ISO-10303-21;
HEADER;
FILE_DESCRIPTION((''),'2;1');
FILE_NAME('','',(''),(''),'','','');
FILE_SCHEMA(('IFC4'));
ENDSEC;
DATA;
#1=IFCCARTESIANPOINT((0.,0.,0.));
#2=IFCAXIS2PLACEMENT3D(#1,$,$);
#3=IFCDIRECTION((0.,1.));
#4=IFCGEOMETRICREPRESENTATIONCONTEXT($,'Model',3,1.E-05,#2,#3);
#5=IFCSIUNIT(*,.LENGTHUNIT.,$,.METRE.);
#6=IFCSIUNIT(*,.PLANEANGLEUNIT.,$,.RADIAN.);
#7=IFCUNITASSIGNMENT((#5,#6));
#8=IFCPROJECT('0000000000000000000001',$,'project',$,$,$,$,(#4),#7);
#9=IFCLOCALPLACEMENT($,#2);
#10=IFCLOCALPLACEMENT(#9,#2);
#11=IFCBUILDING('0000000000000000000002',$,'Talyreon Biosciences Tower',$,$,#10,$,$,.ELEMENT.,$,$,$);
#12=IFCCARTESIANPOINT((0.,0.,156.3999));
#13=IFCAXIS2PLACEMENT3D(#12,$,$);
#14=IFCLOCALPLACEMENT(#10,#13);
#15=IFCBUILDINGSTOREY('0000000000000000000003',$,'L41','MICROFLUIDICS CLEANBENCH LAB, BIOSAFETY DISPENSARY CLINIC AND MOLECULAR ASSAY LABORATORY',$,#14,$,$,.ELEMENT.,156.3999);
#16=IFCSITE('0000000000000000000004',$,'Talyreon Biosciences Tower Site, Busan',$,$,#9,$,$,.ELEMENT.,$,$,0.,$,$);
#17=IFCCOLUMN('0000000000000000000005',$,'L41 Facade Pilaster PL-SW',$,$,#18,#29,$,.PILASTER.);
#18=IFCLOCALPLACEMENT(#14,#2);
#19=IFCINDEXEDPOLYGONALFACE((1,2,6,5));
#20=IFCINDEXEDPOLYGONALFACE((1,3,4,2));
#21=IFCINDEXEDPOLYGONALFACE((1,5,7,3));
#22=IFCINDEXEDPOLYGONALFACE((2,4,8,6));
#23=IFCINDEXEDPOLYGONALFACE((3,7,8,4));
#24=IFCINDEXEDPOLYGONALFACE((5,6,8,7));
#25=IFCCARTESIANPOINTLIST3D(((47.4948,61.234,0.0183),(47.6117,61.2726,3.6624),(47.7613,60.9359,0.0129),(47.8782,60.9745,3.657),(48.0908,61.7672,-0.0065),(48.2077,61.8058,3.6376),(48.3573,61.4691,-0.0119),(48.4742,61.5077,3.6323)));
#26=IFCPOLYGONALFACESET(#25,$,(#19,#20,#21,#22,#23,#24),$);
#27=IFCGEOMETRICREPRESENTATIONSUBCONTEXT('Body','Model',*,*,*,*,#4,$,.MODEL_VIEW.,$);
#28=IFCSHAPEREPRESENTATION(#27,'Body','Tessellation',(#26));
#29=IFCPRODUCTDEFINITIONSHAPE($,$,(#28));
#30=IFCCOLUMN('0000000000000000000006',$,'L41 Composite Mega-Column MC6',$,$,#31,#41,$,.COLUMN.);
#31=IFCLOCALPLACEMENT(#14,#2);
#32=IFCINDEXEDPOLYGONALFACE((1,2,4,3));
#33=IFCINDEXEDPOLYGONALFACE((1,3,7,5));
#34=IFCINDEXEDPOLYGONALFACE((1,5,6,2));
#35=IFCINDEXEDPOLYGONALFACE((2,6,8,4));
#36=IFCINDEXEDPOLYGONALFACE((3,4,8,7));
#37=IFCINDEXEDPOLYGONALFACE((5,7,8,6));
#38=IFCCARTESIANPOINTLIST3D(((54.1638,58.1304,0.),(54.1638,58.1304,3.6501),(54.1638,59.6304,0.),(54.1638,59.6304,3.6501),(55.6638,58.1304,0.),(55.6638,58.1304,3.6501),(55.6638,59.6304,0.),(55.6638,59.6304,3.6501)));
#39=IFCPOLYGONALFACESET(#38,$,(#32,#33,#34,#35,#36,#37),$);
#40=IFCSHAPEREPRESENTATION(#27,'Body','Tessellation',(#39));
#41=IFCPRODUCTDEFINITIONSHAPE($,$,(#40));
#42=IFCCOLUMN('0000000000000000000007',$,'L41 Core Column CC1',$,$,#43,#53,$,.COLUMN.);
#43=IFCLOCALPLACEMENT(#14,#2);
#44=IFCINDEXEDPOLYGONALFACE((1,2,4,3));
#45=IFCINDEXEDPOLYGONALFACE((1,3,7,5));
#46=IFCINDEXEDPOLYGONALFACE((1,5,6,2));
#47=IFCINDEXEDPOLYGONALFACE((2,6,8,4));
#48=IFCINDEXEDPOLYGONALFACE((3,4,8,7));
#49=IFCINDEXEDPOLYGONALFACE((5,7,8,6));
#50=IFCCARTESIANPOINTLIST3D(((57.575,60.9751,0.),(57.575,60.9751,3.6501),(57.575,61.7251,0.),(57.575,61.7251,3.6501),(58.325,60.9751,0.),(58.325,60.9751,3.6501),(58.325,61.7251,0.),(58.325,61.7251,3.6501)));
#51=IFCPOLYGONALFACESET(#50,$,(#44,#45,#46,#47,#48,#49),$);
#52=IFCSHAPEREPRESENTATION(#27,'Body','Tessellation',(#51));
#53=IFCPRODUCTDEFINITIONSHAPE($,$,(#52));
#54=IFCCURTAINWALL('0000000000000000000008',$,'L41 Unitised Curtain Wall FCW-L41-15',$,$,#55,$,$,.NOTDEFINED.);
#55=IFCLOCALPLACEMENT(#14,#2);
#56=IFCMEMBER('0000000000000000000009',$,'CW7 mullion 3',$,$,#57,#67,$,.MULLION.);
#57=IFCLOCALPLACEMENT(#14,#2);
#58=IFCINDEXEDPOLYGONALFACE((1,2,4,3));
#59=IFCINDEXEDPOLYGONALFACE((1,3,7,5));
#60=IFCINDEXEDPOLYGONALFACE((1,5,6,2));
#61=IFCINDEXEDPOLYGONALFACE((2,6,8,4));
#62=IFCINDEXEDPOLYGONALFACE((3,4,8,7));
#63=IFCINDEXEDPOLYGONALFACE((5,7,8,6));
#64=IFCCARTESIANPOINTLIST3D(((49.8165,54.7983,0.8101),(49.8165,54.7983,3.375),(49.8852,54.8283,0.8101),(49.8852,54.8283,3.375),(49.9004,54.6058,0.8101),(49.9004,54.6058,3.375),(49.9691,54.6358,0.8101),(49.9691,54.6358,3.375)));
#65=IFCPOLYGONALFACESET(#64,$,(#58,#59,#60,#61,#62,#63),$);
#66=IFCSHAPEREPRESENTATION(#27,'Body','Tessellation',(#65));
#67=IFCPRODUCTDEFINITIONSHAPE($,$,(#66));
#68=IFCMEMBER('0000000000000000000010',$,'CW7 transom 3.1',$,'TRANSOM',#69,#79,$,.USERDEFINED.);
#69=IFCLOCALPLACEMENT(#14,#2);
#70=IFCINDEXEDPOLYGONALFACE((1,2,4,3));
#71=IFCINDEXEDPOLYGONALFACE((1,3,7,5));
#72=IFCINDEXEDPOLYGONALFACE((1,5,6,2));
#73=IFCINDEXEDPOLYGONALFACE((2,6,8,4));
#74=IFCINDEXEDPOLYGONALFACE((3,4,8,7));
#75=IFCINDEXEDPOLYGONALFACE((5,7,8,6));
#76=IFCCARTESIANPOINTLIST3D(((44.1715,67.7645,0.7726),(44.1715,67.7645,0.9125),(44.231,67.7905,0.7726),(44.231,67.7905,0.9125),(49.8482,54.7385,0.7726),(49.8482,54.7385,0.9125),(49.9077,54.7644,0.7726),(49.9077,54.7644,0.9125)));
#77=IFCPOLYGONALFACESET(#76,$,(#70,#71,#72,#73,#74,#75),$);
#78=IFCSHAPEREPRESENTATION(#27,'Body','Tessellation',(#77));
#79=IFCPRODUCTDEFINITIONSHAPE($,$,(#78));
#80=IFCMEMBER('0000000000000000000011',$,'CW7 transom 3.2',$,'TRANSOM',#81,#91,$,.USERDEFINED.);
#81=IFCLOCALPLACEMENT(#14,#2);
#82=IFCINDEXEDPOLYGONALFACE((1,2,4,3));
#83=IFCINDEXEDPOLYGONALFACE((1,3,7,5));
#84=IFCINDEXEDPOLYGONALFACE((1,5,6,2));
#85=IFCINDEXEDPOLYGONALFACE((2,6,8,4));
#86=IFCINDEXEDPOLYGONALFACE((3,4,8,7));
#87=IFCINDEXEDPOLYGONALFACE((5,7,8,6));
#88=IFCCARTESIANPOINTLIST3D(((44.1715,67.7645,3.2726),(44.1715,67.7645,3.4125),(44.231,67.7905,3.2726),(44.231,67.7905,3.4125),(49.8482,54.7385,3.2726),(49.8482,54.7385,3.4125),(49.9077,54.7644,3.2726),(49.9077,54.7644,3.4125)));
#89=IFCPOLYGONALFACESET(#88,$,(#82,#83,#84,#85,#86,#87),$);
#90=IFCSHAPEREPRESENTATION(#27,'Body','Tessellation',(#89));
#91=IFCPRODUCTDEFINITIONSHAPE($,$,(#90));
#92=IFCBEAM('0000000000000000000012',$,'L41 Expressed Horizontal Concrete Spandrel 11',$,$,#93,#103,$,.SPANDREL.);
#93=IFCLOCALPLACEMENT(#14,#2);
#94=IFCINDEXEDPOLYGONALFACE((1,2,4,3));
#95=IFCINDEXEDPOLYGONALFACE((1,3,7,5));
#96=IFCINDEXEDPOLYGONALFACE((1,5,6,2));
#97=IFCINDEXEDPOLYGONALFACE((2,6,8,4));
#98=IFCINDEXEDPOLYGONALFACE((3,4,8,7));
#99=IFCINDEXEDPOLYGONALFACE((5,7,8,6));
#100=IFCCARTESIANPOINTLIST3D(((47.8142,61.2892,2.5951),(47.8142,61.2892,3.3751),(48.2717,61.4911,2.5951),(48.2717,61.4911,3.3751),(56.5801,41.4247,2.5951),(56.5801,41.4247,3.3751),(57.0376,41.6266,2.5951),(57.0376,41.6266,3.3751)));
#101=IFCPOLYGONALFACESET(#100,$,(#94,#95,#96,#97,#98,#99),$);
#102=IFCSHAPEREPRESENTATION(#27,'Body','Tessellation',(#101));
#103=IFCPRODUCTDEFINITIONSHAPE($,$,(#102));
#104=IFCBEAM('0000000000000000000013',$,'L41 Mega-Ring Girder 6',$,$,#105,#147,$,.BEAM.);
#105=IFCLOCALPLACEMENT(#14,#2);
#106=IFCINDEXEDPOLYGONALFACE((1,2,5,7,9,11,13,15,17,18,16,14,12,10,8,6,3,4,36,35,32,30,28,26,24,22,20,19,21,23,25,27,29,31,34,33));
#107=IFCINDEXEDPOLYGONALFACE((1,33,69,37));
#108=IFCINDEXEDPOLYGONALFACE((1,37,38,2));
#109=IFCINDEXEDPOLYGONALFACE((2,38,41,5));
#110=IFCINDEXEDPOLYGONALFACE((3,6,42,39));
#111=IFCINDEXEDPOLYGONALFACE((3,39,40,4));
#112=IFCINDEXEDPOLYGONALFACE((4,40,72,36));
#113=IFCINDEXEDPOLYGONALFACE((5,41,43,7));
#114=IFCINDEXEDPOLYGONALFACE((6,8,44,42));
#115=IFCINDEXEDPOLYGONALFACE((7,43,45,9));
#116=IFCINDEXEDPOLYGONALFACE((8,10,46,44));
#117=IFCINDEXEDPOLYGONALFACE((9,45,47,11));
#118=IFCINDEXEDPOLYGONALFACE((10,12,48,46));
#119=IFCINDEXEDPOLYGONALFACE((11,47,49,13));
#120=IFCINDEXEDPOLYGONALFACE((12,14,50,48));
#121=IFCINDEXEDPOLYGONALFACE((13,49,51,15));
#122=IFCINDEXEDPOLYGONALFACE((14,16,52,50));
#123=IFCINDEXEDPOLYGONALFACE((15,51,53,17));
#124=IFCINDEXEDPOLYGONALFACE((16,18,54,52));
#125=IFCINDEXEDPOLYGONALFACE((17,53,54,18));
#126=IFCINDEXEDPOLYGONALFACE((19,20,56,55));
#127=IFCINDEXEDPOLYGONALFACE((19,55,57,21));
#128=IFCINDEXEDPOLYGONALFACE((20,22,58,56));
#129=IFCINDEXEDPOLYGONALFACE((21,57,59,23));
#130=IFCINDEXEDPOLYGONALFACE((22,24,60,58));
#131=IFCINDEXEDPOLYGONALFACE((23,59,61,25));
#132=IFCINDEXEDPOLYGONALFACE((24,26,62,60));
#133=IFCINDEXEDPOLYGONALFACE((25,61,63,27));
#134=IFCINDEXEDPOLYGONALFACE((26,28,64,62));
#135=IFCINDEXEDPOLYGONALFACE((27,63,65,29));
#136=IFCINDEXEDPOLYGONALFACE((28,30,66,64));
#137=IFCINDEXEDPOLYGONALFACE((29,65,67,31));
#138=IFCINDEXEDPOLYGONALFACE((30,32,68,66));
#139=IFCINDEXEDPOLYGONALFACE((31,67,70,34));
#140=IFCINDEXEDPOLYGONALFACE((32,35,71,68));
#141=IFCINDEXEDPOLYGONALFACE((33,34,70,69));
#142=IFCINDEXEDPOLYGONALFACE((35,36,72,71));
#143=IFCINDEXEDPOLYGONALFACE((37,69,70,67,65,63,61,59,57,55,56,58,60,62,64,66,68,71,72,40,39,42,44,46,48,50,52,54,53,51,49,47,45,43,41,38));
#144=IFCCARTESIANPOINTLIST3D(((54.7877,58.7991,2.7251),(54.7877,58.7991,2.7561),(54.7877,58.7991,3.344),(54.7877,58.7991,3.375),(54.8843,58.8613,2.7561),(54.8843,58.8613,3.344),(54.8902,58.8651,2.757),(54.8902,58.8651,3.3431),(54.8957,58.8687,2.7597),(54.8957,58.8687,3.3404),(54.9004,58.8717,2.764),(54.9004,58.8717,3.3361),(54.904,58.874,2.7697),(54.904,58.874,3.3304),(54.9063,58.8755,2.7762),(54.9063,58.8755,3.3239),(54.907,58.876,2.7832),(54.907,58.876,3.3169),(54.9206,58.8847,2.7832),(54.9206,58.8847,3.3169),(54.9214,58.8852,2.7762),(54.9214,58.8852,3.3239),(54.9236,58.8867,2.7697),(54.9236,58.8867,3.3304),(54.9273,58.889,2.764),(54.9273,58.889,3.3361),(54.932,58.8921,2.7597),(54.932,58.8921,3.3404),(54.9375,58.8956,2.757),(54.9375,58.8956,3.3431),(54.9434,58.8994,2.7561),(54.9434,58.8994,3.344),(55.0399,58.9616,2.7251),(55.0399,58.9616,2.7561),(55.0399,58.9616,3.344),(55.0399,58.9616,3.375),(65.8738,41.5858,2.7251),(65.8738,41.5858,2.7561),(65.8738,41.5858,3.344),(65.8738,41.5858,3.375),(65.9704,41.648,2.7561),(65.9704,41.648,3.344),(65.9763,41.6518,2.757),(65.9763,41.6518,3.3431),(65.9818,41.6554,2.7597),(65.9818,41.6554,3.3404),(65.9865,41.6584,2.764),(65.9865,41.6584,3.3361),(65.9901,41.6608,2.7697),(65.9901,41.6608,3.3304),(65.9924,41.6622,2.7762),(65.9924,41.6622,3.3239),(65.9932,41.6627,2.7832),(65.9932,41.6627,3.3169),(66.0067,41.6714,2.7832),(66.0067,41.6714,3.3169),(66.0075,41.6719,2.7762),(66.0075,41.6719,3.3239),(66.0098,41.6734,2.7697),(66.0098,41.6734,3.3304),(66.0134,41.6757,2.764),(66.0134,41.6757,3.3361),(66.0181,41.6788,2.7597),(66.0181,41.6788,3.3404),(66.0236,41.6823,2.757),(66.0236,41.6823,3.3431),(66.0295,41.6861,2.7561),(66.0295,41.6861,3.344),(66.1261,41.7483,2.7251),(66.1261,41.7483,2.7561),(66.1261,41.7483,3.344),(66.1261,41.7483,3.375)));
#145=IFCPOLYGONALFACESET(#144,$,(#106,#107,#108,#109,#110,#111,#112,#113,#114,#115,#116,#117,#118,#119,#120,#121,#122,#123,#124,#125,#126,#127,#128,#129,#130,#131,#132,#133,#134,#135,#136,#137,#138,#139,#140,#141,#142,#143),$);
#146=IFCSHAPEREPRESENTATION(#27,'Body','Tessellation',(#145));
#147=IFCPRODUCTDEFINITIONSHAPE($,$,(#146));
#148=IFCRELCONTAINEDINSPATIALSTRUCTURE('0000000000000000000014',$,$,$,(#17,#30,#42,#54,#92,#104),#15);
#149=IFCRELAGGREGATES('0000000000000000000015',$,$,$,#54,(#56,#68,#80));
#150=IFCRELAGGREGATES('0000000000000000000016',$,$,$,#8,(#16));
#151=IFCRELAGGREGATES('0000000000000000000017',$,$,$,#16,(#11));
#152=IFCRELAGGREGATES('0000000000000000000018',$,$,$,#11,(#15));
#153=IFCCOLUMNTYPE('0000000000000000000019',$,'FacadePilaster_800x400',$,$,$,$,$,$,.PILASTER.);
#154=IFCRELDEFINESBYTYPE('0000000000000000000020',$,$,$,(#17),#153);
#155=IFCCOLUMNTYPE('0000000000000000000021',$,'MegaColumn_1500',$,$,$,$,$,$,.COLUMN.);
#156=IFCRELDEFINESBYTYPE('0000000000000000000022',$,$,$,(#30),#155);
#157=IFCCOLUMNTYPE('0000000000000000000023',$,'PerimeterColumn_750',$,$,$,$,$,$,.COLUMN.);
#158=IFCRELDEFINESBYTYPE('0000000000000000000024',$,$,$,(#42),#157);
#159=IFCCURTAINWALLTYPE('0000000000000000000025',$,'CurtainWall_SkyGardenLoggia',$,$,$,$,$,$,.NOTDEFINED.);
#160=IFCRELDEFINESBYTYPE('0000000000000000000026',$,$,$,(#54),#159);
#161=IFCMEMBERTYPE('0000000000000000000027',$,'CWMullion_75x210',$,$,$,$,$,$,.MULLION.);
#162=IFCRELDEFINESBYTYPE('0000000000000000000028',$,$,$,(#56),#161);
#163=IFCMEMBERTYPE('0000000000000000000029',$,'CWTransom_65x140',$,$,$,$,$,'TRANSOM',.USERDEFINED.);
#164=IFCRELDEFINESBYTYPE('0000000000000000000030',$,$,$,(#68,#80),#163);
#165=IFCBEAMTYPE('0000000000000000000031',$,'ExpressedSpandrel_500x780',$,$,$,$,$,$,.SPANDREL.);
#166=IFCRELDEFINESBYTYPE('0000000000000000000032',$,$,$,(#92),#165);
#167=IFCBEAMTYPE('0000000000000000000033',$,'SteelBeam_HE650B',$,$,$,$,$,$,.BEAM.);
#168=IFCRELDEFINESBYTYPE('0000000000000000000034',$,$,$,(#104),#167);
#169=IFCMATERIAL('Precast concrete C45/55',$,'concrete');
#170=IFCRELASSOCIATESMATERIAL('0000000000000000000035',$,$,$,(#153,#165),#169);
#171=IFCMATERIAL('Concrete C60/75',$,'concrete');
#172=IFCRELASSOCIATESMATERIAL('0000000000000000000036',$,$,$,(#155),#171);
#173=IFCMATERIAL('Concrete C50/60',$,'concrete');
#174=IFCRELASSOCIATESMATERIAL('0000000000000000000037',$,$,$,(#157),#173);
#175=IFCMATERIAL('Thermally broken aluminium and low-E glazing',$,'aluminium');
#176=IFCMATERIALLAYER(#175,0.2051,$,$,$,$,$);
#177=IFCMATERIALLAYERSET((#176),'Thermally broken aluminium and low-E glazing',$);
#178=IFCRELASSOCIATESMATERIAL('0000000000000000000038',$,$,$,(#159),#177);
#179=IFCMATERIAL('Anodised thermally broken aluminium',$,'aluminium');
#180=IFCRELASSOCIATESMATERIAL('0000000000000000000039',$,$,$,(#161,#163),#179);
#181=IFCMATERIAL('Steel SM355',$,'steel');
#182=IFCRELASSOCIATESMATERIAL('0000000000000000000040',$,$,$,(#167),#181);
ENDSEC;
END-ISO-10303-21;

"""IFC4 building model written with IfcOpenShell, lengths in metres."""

from ifc_helpers import new_model, si_unit, direction, frame, origin, origin_2d, place, context, subcontext, project, spatial, rectangle, i_section, extrude, material, layer, layer_set, material_profile, profile_set, type_object, element, aggregate, save


model = new_model("IFC4")

# Units and contexts
model_context = context("Model", 3, precision=1e-05, world=origin(), true_north=direction((0.0, 1.0)))
body_context = subcontext(model_context, "Body", "Model", "MODEL_VIEW")
ifc_project = project(units=[si_unit("LENGTHUNIT", "METRE"), si_unit("PLANEANGLEUNIT", "RADIAN")], contexts=[model_context])

# Site, building, storey
site_placement = place(None, origin())
site = spatial("IfcSite", under=ifc_project, at=site_placement, Name="Talyreon Biosciences Tower Site, Busan", CompositionType="ELEMENT", RefElevation=0.0)
building_placement = place(site_placement, origin())
building = spatial("IfcBuilding", under=site, at=building_placement, Name="Talyreon Biosciences Tower", CompositionType="ELEMENT")
storey_placement = place(building_placement, frame((0.0, 0.0, 156.3999)))
storey = spatial("IfcBuildingStorey", under=building, at=storey_placement, Name="L41", Description="MICROFLUIDICS CLEANBENCH LAB, BIOSAFETY DISPENSARY CLINIC AND MOLECULAR ASSAY LABORATORY", CompositionType="ELEMENT", Elevation=156.3999)

# Columns
ifc_material_1 = material(Name="Precast concrete C45/55", Category="concrete")
ifc_material_profile_1 = material_profile(ifc_material_1, rectangle(XDim=0.8, YDim=0.3999, at=origin_2d()), Name="RC 800x400")
ifc_profile_set_1 = profile_set([ifc_material_profile_1], Name="Precast concrete C45/55")
column_type_1 = type_object("IfcColumnType", Name="FacadePilaster_800x400", PredefinedType="PILASTER", material=ifc_profile_set_1)
column_1_placement = place(storey_placement, frame((47.926, 61.3516, 0.0032), z_axis=(0.032073, 0.01058, 0.99943), x_axis=(0.744906, 0.666451, -0.03096)))
element("IfcColumn", 1, at=column_1_placement, inside=storey, type_object=column_type_1, Name="L41 Facade Pilaster PL-SW", PredefinedType="PILASTER", context=body_context, shape_type="SweptSolid", body=[
    extrude(rectangle(XDim=0.8, YDim=0.3999, at=origin_2d()), origin(), (0.0, 0.0, 1.0), 3.6462),
])
ifc_material_2 = material(Name="Concrete C60/75", Category="concrete")
ifc_material_profile_2 = material_profile(ifc_material_2, rectangle(XDim=1.5, YDim=1.5, at=origin_2d()), Name="RC 1500x1500")
ifc_profile_set_2 = profile_set([ifc_material_profile_2], Name="Concrete C60/75")
column_type_2 = type_object("IfcColumnType", Name="MegaColumn_1500", PredefinedType="COLUMN", material=ifc_profile_set_2)
column_2_placement = place(storey_placement, frame((54.9138, 58.8804, 0.0), z_axis=(0.0, 0.0, 1.0), x_axis=(1.0, 0.0, 0.0)))
element("IfcColumn", 2, at=column_2_placement, inside=storey, type_object=column_type_2, Name="L41 Composite Mega-Column MC6", PredefinedType="COLUMN", context=body_context, shape_type="SweptSolid", body=[
    extrude(rectangle(XDim=1.5, YDim=1.5, at=origin_2d()), origin(), (0.0, 0.0, 1.0), 3.6501),
])
ifc_material_3 = material(Name="Concrete C50/60", Category="concrete")
ifc_material_profile_3 = material_profile(ifc_material_3, rectangle(XDim=0.75, YDim=0.75, at=origin_2d()), Name="RC 750x750")
ifc_profile_set_3 = profile_set([ifc_material_profile_3], Name="Concrete C50/60")
column_type_3 = type_object("IfcColumnType", Name="PerimeterColumn_750", PredefinedType="COLUMN", material=ifc_profile_set_3)
column_3_placement = place(storey_placement, frame((57.95, 61.3501, 0.0), z_axis=(0.0, 0.0, 1.0), x_axis=(1.0, 0.0, 0.0)))
element("IfcColumn", 3, at=column_3_placement, inside=storey, type_object=column_type_3, Name="L41 Core Column CC1", PredefinedType="COLUMN", context=body_context, shape_type="SweptSolid", body=[
    extrude(rectangle(XDim=0.75, YDim=0.75, at=origin_2d()), origin(), (0.0, 0.0, 1.0), 3.6501),
])

# Curtain wall, members
ifc_material_4 = material(Name="Thermally broken aluminium and low-E glazing", Category="aluminium")
ifc_layer_1 = layer(ifc_material_4, 0.2051)
ifc_layer_set_1 = layer_set([ifc_layer_1], Name="Thermally broken aluminium and low-E glazing")
curtain_wall_type = type_object("IfcCurtainWallType", Name="CurtainWall_SkyGardenLoggia", PredefinedType="NOTDEFINED", material=ifc_layer_set_1)
curtain_wall_placement = place(storey_placement, origin())
curtain_wall = element("IfcCurtainWall", 4, at=curtain_wall_placement, inside=storey, type_object=curtain_wall_type, Name="L41 Unitised Curtain Wall FCW-L41-15", PredefinedType="NOTDEFINED")
ifc_material_5 = material(Name="Anodised thermally broken aluminium", Category="aluminium")
ifc_material_profile_4 = material_profile(ifc_material_5, rectangle(XDim=0.075, YDim=0.21, at=origin_2d()), Name="ALUM MULLION 75x210")
ifc_profile_set_4 = profile_set([ifc_material_profile_4], Name="Anodised thermally broken aluminium")
member_type_1 = type_object("IfcMemberType", Name="CWMullion_75x210", PredefinedType="MULLION", material=ifc_profile_set_4)
member_1_placement = place(storey_placement, frame((49.8928, 54.717, 0.8101), z_axis=(0.0, 0.0, 1.0), x_axis=(-0.916731, -0.399505, 0.0)))
member_1 = element("IfcMember", 5, at=member_1_placement, type_object=member_type_1, Name="CW7 mullion 3", PredefinedType="MULLION", context=body_context, shape_type="SweptSolid", body=[
    extrude(rectangle(XDim=0.075, YDim=0.21, at=origin_2d()), origin(), (0.0, 0.0, 1.0), 2.5649),
])
ifc_material_profile_5 = material_profile(ifc_material_5, rectangle(XDim=0.0649, YDim=0.1399, at=origin_2d()), Name="ALUM TRANSOM 65x140")
ifc_profile_set_5 = profile_set([ifc_material_profile_5], Name="Anodised thermally broken aluminium")
member_type_2 = type_object("IfcMemberType", Name="CWTransom_65x140", ElementType="TRANSOM", PredefinedType="USERDEFINED", material=ifc_profile_set_5)
member_2_placement = place(storey_placement, frame((49.8779, 54.7515, 0.8425), z_axis=(-0.399509, 0.916729, 0.0), x_axis=(-0.916729, -0.399509, 0.0)))
member_2 = element("IfcMember", 6, at=member_2_placement, type_object=member_type_2, Name="CW7 transom 3.1", ObjectType="TRANSOM", PredefinedType="USERDEFINED", context=body_context, shape_type="SweptSolid", body=[
    extrude(rectangle(XDim=0.0649, YDim=0.1399, at=origin_2d()), origin(), (0.0, 0.0, 1.0), 14.2092),
])
member_3_placement = place(storey_placement, frame((49.8779, 54.7515, 3.3425), z_axis=(-0.399509, 0.916729, 0.0), x_axis=(-0.916729, -0.399509, 0.0)))
member_3 = element("IfcMember", 7, at=member_3_placement, type_object=member_type_2, Name="CW7 transom 3.2", ObjectType="TRANSOM", PredefinedType="USERDEFINED", context=body_context, shape_type="SweptSolid", body=[
    extrude(rectangle(XDim=0.0649, YDim=0.1399, at=origin_2d()), origin(), (0.0, 0.0, 1.0), 14.2092),
])

# Beams
ifc_material_profile_6 = material_profile(ifc_material_1, rectangle(XDim=0.5, YDim=0.78, at=origin_2d()), Name="RCB 500x780")
ifc_profile_set_6 = profile_set([ifc_material_profile_6], Name="Precast concrete C45/55")
beam_type_1 = type_object("IfcBeamType", Name="ExpressedSpandrel_500x780", PredefinedType="SPANDREL", material=ifc_profile_set_6)
beam_1_placement = place(storey_placement, frame((48.043, 61.3901, 2.9851), z_axis=(0.403722, -0.914882, 0.0), x_axis=(0.914882, 0.403722, 0.0)))
element("IfcBeam", 8, at=beam_1_placement, inside=storey, type_object=beam_type_1, Name="L41 Expressed Horizontal Concrete Spandrel 11", PredefinedType="SPANDREL", context=body_context, shape_type="SweptSolid", body=[
    extrude(rectangle(XDim=0.5, YDim=0.78, at=origin_2d()), origin(), (0.0, 0.0, 1.0), 21.7126),
])
ifc_material_6 = material(Name="Steel SM355", Category="steel")
ifc_material_profile_7 = material_profile(ifc_material_6, i_section(OverallWidth=0.3, OverallDepth=0.6499, WebThickness=0.0161, FlangeThickness=0.031, FilletRadius=0.0271, at=origin_2d()), Name="HE650B")
ifc_profile_set_7 = profile_set([ifc_material_profile_7], Name="Steel SM355")
beam_type_2 = type_object("IfcBeamType", Name="SteelBeam_HE650B", PredefinedType="BEAM", material=ifc_profile_set_7)
beam_2_placement = place(storey_placement, frame((54.9138, 58.8804, 3.05), z_axis=(0.541464, -0.840724, 0.0), x_axis=(0.840724, 0.541464, 0.0)))
element("IfcBeam", 9, at=beam_2_placement, inside=storey, type_object=beam_type_2, Name="L41 Mega-Ring Girder 6", PredefinedType="BEAM", context=body_context, shape_type="SweptSolid", body=[
    extrude(i_section(OverallWidth=0.3, OverallDepth=0.6499, WebThickness=0.0161, FlangeThickness=0.031, FilletRadius=0.0271, at=origin_2d()), origin(), (0.0, 0.0, 1.0), 20.4744),
])

aggregate(curtain_wall, [member_1, member_2, member_3])

save(model, "model.ifc")
